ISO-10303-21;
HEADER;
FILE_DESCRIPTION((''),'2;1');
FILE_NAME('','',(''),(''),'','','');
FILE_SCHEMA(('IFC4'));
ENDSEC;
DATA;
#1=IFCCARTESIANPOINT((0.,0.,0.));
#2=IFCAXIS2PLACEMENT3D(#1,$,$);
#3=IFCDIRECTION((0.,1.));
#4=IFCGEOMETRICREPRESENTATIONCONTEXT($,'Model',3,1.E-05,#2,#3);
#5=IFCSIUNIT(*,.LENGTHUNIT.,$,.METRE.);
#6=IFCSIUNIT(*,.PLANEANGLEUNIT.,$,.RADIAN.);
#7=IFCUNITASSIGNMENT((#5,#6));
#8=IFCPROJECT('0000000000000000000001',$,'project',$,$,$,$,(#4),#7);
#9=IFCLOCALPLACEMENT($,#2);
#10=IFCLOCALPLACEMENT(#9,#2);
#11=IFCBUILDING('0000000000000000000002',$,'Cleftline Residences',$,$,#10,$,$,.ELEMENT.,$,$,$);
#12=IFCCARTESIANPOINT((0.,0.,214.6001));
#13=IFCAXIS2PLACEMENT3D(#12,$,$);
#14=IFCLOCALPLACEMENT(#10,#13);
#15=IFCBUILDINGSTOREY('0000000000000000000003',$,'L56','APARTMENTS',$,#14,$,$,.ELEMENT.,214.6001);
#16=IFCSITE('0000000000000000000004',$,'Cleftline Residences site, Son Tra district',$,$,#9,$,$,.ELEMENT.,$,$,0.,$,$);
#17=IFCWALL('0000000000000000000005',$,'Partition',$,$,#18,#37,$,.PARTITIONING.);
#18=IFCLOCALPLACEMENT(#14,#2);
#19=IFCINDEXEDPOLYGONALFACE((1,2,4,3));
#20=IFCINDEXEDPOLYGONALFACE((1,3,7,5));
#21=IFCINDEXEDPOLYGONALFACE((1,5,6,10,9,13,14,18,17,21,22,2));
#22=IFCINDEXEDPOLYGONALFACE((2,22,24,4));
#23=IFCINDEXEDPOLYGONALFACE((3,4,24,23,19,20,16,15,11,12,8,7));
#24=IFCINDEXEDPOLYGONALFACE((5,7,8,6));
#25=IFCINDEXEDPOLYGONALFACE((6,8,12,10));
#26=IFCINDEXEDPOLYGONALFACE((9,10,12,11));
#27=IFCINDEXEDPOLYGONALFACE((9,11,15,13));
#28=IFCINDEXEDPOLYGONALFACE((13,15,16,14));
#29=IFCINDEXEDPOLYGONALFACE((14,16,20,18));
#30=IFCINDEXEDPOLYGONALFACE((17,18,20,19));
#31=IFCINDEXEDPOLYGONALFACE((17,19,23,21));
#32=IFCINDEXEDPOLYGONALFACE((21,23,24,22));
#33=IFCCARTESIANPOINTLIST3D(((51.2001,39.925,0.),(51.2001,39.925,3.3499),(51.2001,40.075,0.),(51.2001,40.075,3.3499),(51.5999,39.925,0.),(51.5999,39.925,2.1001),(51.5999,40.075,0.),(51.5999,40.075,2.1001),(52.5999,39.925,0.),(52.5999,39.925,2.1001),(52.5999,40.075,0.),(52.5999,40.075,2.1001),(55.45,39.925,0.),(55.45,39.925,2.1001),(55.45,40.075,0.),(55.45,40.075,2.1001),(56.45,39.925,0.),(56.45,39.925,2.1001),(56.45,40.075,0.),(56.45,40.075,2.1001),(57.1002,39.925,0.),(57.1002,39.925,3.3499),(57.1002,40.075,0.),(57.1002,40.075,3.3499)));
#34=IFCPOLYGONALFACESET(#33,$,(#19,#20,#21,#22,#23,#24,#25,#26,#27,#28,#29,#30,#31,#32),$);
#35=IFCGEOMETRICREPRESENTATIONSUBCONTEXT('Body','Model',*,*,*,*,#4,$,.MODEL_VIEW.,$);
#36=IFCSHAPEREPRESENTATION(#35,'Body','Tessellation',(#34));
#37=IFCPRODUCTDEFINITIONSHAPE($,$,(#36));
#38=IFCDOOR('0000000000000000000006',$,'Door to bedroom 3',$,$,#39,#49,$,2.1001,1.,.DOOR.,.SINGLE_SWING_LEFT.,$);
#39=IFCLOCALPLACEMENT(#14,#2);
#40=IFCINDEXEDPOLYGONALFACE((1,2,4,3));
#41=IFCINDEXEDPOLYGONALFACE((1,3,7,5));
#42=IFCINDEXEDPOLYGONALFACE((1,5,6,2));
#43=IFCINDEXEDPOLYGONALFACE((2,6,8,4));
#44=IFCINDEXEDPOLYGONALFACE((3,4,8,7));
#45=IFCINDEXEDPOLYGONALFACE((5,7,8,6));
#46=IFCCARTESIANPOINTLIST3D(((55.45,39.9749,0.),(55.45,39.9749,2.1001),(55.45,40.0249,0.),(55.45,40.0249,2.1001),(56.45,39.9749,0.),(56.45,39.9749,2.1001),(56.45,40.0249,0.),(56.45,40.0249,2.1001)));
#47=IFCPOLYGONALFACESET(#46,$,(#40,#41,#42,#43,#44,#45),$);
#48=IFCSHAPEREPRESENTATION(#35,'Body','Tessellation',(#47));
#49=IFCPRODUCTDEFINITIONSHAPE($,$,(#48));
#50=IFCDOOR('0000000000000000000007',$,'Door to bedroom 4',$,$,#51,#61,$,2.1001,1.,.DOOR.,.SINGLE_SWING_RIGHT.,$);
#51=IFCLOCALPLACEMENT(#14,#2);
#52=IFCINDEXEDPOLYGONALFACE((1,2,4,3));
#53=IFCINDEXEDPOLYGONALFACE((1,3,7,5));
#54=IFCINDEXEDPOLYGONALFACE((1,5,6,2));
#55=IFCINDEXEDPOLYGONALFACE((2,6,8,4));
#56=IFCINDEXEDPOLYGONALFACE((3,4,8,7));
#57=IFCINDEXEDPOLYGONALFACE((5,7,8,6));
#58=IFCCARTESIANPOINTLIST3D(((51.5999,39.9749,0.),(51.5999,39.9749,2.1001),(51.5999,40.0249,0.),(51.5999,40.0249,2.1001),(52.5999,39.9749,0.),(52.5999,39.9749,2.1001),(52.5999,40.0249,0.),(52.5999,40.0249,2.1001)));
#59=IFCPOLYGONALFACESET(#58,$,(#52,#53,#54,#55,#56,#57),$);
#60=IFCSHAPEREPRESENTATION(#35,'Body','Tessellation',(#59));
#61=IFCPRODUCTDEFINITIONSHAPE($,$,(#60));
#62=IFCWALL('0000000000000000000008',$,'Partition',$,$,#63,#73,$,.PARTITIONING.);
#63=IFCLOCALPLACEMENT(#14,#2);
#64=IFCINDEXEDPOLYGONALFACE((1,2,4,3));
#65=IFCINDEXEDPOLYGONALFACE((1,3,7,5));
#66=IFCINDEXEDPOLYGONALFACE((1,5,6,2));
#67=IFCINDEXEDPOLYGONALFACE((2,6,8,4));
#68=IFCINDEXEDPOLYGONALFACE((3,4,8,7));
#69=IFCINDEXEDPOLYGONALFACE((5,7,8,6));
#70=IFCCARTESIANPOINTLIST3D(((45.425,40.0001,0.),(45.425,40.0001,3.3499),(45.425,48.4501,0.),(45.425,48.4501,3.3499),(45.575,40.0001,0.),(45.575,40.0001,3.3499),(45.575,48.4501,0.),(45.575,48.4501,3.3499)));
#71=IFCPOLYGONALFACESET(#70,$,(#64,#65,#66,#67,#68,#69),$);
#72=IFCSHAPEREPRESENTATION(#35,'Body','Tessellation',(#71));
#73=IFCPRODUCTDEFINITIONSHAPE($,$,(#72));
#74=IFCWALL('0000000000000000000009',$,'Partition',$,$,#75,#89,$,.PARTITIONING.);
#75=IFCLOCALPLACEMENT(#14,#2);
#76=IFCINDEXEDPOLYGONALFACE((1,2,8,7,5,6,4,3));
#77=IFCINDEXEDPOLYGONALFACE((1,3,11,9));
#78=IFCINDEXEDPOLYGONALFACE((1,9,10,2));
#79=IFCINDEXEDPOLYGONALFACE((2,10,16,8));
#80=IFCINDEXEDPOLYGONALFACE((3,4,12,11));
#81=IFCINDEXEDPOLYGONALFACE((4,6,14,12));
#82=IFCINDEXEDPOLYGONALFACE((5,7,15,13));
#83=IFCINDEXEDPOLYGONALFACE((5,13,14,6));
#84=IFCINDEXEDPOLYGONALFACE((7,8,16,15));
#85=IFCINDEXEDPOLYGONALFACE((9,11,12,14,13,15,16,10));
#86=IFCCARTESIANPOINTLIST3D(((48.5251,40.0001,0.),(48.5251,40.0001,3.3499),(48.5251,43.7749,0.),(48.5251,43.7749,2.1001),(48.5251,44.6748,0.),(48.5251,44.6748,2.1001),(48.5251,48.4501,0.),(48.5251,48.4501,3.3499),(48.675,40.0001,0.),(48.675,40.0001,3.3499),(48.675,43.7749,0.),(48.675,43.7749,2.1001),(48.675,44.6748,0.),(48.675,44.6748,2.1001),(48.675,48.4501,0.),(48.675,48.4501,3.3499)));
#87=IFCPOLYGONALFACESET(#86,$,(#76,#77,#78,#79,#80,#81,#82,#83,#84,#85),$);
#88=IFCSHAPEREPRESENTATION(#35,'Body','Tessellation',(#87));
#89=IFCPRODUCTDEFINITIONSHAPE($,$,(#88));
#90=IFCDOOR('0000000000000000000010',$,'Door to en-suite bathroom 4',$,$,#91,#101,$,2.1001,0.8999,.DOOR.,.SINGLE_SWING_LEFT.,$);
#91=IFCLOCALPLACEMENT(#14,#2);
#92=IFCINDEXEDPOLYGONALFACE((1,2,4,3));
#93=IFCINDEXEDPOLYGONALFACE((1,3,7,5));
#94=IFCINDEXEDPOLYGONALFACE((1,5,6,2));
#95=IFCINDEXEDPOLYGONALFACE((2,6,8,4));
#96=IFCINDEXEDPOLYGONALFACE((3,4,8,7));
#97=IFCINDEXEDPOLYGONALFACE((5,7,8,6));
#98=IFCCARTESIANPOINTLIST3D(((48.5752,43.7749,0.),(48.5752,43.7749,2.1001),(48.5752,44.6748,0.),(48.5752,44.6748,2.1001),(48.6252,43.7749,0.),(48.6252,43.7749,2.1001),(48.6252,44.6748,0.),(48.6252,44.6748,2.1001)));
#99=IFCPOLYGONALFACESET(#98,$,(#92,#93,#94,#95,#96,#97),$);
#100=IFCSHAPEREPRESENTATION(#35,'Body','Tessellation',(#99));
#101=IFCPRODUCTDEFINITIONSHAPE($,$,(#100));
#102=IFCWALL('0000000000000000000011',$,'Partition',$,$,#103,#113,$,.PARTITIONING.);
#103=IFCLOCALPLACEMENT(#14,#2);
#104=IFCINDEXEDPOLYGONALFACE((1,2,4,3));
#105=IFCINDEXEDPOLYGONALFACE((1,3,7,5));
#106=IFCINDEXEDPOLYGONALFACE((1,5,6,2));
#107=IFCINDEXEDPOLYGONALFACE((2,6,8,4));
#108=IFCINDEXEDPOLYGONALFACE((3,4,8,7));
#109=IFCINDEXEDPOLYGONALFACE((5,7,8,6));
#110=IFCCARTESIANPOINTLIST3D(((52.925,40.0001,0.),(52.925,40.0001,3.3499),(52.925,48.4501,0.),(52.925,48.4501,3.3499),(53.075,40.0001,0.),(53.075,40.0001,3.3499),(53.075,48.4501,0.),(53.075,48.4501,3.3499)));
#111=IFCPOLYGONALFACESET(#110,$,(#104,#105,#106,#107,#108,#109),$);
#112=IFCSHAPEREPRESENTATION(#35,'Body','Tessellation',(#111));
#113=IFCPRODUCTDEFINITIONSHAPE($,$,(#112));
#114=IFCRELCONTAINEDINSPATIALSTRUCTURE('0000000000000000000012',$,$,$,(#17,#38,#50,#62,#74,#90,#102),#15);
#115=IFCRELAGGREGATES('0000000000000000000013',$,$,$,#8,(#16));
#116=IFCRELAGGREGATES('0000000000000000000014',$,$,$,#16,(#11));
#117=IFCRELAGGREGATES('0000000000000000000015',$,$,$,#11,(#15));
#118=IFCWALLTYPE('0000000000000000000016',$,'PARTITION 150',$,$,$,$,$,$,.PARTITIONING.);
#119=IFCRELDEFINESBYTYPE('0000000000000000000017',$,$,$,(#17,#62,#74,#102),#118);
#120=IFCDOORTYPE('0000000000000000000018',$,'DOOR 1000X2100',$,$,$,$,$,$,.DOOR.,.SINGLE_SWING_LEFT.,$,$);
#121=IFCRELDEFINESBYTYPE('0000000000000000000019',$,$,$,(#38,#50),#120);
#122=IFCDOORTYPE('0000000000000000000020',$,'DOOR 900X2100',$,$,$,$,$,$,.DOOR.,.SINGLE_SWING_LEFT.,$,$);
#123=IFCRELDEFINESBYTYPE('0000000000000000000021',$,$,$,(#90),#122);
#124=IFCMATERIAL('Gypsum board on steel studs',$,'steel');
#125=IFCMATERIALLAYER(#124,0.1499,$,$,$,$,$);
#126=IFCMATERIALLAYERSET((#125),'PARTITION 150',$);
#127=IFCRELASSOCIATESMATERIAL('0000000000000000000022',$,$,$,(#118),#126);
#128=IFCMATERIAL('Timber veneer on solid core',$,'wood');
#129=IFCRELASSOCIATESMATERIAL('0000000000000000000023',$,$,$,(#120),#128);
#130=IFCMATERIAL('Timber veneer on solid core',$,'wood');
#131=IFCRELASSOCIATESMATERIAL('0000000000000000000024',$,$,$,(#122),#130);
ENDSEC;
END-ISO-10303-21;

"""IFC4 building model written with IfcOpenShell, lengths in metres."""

from ifc_helpers import new_model, si_unit, direction, frame, frame_2d, origin, place, context, subcontext, project, spatial, rectangle, extrude, material, layer, layer_set, type_object, element, fill, save


model = new_model("IFC4")

# Units and contexts
model_context = context("Model", 3, precision=1e-05, world=origin(), true_north=direction((0.0, 1.0)))
body_context = subcontext(model_context, "Body", "Model", "MODEL_VIEW")
ifc_project = project(units=[si_unit("LENGTHUNIT", "METRE"), si_unit("PLANEANGLEUNIT", "RADIAN")], contexts=[model_context])

# Site, building, storey
site_placement = place(None, origin())
site = spatial("IfcSite", under=ifc_project, at=site_placement, Name="Cleftline Residences site, Son Tra district", CompositionType="ELEMENT", RefElevation=0.0)
building_placement = place(site_placement, origin())
building = spatial("IfcBuilding", under=site, at=building_placement, Name="Cleftline Residences", CompositionType="ELEMENT")
storey_placement = place(building_placement, frame((0.0, 0.0, 214.6001)))
storey = spatial("IfcBuildingStorey", under=building, at=storey_placement, Name="L56", Description="APARTMENTS", CompositionType="ELEMENT", Elevation=214.6001)

# Shared definitions
ifc_material_1 = material(Name="Gypsum board on steel studs", Category="steel")
ifc_layer_1 = layer(ifc_material_1, 0.1499)
ifc_layer_set_1 = layer_set([ifc_layer_1], Name="PARTITION 150")
wall_type = type_object("IfcWallType", Name="PARTITION 150", PredefinedType="PARTITIONING", material=ifc_layer_set_1)
ifc_material_2 = material(Name="Timber veneer on solid core", Category="wood")
door_type_1 = type_object("IfcDoorType", Name="DOOR 1000X2100", OperationType="SINGLE_SWING_LEFT", PredefinedType="DOOR", material=ifc_material_2)
ifc_material_3 = material(Name="Timber veneer on solid core", Category="wood")
door_type_2 = type_object("IfcDoorType", Name="DOOR 900X2100", OperationType="SINGLE_SWING_LEFT", PredefinedType="DOOR", material=ifc_material_3)

# Wall, openings, doors
wall_1_placement = place(storey_placement, frame((51.2, 40.0, 0.0), z_axis=(0.0, 0.0, 1.0), x_axis=(1.0, 0.0, 0.0)))
wall_1 = element("IfcWall", 1, at=wall_1_placement, inside=storey, type_object=wall_type, Name="Partition", PredefinedType="PARTITIONING", context=body_context, shape_type="SweptSolid", body=[
    extrude(rectangle(XDim=5.9001, YDim=0.1499, at=frame_2d((2.9502, 0.0))), origin(), (0.0, 0.0, 1.0), 3.3499),
])
opening_1_placement = place(wall_1_placement, frame((4.25, 0.0, 0.0)))
opening_1 = element("IfcOpeningElement", 2, at=opening_1_placement, cuts=wall_1, PredefinedType="OPENING", context=body_context, shape_type="SweptSolid", body=[
    extrude(rectangle(XDim=1.0, YDim=2.1001, at=frame_2d((0.5, 1.05))), frame((0.0, 0.085, 0.0), z_axis=(0.0, -1.0, 0.0), x_axis=(1.0, 0.0, 0.0)), (0.0, 0.0, 1.0), 0.1699),
])
opening_2_placement = place(wall_1_placement, frame((0.3999, 0.0, 0.0)))
opening_2 = element("IfcOpeningElement", 3, at=opening_2_placement, cuts=wall_1, PredefinedType="OPENING", context=body_context, shape_type="SweptSolid", body=[
    extrude(rectangle(XDim=1.0, YDim=2.1001, at=frame_2d((0.5, 1.05))), frame((0.0, 0.085, 0.0), z_axis=(0.0, -1.0, 0.0), x_axis=(1.0, 0.0, 0.0)), (0.0, 0.0, 1.0), 0.1699),
])
door_1_placement = place(opening_1_placement, origin())
door_1 = element("IfcDoor", 4, at=door_1_placement, inside=storey, type_object=door_type_1, Name="Door to bedroom 3", OperationType="SINGLE_SWING_LEFT", OverallHeight=2.1001, OverallWidth=1.0, PredefinedType="DOOR", context=body_context, shape_type="SweptSolid", body=[
    extrude(rectangle(XDim=1.0, YDim=2.1001, at=frame_2d((0.5, 1.05))), frame((0.0, 0.0249, 0.0), z_axis=(0.0, -1.0, 0.0), x_axis=(1.0, 0.0, 0.0)), (0.0, 0.0, 1.0), 0.05),
])
fill(opening_1, door_1)
door_2_placement = place(opening_2_placement, origin())
door_2 = element("IfcDoor", 5, at=door_2_placement, inside=storey, type_object=door_type_1, Name="Door to bedroom 4", OperationType="SINGLE_SWING_RIGHT", OverallHeight=2.1001, OverallWidth=1.0, PredefinedType="DOOR", context=body_context, shape_type="SweptSolid", body=[
    extrude(rectangle(XDim=1.0, YDim=2.1001, at=frame_2d((0.5, 1.05))), frame((0.0, 0.0249, 0.0), z_axis=(0.0, -1.0, 0.0), x_axis=(1.0, 0.0, 0.0)), (0.0, 0.0, 1.0), 0.05),
])
fill(opening_2, door_2)

# Wall
wall_2_placement = place(storey_placement, frame((45.5, 40.0, 0.0), z_axis=(0.0, 0.0, 1.0), x_axis=(0.0, 1.0, 0.0)))
element("IfcWall", 6, at=wall_2_placement, inside=storey, type_object=wall_type, Name="Partition", PredefinedType="PARTITIONING", context=body_context, shape_type="SweptSolid", body=[
    extrude(rectangle(XDim=8.45, YDim=0.1499, at=frame_2d((4.2251, 0.0))), origin(), (0.0, 0.0, 1.0), 3.3499),
])

# Wall, opening, door
wall_3_placement = place(storey_placement, frame((48.6001, 40.0, 0.0), z_axis=(0.0, 0.0, 1.0), x_axis=(0.0, 1.0, 0.0)))
wall_3 = element("IfcWall", 7, at=wall_3_placement, inside=storey, type_object=wall_type, Name="Partition", PredefinedType="PARTITIONING", context=body_context, shape_type="SweptSolid", body=[
    extrude(rectangle(XDim=8.45, YDim=0.1499, at=frame_2d((4.2251, 0.0))), origin(), (0.0, 0.0, 1.0), 3.3499),
])
opening_3_placement = place(wall_3_placement, frame((3.7749, 0.0, 0.0)))
opening_3 = element("IfcOpeningElement", 8, at=opening_3_placement, cuts=wall_3, PredefinedType="OPENING", context=body_context, shape_type="SweptSolid", body=[
    extrude(rectangle(XDim=0.8999, YDim=2.1001, at=frame_2d((0.45, 1.05))), frame((0.0, 0.085, 0.0), z_axis=(0.0, -1.0, 0.0), x_axis=(1.0, 0.0, 0.0)), (0.0, 0.0, 1.0), 0.1699),
])
door_3_placement = place(opening_3_placement, origin())
door_3 = element("IfcDoor", 9, at=door_3_placement, inside=storey, type_object=door_type_2, Name="Door to en-suite bathroom 4", OperationType="SINGLE_SWING_LEFT", OverallHeight=2.1001, OverallWidth=0.8999, PredefinedType="DOOR", context=body_context, shape_type="SweptSolid", body=[
    extrude(rectangle(XDim=0.8999, YDim=2.1001, at=frame_2d((0.45, 1.05))), frame((0.0, 0.0249, 0.0), z_axis=(0.0, -1.0, 0.0), x_axis=(1.0, 0.0, 0.0)), (0.0, 0.0, 1.0), 0.05),
])
fill(opening_3, door_3)

# Wall
wall_4_placement = place(storey_placement, frame((53.0, 40.0, 0.0), z_axis=(0.0, 0.0, 1.0), x_axis=(0.0, 1.0, 0.0)))
element("IfcWall", 10, at=wall_4_placement, inside=storey, type_object=wall_type, Name="Partition", PredefinedType="PARTITIONING", context=body_context, shape_type="SweptSolid", body=[
    extrude(rectangle(XDim=8.45, YDim=0.1499, at=frame_2d((4.2251, 0.0))), origin(), (0.0, 0.0, 1.0), 3.3499),
])

save(model, "model.ifc")
